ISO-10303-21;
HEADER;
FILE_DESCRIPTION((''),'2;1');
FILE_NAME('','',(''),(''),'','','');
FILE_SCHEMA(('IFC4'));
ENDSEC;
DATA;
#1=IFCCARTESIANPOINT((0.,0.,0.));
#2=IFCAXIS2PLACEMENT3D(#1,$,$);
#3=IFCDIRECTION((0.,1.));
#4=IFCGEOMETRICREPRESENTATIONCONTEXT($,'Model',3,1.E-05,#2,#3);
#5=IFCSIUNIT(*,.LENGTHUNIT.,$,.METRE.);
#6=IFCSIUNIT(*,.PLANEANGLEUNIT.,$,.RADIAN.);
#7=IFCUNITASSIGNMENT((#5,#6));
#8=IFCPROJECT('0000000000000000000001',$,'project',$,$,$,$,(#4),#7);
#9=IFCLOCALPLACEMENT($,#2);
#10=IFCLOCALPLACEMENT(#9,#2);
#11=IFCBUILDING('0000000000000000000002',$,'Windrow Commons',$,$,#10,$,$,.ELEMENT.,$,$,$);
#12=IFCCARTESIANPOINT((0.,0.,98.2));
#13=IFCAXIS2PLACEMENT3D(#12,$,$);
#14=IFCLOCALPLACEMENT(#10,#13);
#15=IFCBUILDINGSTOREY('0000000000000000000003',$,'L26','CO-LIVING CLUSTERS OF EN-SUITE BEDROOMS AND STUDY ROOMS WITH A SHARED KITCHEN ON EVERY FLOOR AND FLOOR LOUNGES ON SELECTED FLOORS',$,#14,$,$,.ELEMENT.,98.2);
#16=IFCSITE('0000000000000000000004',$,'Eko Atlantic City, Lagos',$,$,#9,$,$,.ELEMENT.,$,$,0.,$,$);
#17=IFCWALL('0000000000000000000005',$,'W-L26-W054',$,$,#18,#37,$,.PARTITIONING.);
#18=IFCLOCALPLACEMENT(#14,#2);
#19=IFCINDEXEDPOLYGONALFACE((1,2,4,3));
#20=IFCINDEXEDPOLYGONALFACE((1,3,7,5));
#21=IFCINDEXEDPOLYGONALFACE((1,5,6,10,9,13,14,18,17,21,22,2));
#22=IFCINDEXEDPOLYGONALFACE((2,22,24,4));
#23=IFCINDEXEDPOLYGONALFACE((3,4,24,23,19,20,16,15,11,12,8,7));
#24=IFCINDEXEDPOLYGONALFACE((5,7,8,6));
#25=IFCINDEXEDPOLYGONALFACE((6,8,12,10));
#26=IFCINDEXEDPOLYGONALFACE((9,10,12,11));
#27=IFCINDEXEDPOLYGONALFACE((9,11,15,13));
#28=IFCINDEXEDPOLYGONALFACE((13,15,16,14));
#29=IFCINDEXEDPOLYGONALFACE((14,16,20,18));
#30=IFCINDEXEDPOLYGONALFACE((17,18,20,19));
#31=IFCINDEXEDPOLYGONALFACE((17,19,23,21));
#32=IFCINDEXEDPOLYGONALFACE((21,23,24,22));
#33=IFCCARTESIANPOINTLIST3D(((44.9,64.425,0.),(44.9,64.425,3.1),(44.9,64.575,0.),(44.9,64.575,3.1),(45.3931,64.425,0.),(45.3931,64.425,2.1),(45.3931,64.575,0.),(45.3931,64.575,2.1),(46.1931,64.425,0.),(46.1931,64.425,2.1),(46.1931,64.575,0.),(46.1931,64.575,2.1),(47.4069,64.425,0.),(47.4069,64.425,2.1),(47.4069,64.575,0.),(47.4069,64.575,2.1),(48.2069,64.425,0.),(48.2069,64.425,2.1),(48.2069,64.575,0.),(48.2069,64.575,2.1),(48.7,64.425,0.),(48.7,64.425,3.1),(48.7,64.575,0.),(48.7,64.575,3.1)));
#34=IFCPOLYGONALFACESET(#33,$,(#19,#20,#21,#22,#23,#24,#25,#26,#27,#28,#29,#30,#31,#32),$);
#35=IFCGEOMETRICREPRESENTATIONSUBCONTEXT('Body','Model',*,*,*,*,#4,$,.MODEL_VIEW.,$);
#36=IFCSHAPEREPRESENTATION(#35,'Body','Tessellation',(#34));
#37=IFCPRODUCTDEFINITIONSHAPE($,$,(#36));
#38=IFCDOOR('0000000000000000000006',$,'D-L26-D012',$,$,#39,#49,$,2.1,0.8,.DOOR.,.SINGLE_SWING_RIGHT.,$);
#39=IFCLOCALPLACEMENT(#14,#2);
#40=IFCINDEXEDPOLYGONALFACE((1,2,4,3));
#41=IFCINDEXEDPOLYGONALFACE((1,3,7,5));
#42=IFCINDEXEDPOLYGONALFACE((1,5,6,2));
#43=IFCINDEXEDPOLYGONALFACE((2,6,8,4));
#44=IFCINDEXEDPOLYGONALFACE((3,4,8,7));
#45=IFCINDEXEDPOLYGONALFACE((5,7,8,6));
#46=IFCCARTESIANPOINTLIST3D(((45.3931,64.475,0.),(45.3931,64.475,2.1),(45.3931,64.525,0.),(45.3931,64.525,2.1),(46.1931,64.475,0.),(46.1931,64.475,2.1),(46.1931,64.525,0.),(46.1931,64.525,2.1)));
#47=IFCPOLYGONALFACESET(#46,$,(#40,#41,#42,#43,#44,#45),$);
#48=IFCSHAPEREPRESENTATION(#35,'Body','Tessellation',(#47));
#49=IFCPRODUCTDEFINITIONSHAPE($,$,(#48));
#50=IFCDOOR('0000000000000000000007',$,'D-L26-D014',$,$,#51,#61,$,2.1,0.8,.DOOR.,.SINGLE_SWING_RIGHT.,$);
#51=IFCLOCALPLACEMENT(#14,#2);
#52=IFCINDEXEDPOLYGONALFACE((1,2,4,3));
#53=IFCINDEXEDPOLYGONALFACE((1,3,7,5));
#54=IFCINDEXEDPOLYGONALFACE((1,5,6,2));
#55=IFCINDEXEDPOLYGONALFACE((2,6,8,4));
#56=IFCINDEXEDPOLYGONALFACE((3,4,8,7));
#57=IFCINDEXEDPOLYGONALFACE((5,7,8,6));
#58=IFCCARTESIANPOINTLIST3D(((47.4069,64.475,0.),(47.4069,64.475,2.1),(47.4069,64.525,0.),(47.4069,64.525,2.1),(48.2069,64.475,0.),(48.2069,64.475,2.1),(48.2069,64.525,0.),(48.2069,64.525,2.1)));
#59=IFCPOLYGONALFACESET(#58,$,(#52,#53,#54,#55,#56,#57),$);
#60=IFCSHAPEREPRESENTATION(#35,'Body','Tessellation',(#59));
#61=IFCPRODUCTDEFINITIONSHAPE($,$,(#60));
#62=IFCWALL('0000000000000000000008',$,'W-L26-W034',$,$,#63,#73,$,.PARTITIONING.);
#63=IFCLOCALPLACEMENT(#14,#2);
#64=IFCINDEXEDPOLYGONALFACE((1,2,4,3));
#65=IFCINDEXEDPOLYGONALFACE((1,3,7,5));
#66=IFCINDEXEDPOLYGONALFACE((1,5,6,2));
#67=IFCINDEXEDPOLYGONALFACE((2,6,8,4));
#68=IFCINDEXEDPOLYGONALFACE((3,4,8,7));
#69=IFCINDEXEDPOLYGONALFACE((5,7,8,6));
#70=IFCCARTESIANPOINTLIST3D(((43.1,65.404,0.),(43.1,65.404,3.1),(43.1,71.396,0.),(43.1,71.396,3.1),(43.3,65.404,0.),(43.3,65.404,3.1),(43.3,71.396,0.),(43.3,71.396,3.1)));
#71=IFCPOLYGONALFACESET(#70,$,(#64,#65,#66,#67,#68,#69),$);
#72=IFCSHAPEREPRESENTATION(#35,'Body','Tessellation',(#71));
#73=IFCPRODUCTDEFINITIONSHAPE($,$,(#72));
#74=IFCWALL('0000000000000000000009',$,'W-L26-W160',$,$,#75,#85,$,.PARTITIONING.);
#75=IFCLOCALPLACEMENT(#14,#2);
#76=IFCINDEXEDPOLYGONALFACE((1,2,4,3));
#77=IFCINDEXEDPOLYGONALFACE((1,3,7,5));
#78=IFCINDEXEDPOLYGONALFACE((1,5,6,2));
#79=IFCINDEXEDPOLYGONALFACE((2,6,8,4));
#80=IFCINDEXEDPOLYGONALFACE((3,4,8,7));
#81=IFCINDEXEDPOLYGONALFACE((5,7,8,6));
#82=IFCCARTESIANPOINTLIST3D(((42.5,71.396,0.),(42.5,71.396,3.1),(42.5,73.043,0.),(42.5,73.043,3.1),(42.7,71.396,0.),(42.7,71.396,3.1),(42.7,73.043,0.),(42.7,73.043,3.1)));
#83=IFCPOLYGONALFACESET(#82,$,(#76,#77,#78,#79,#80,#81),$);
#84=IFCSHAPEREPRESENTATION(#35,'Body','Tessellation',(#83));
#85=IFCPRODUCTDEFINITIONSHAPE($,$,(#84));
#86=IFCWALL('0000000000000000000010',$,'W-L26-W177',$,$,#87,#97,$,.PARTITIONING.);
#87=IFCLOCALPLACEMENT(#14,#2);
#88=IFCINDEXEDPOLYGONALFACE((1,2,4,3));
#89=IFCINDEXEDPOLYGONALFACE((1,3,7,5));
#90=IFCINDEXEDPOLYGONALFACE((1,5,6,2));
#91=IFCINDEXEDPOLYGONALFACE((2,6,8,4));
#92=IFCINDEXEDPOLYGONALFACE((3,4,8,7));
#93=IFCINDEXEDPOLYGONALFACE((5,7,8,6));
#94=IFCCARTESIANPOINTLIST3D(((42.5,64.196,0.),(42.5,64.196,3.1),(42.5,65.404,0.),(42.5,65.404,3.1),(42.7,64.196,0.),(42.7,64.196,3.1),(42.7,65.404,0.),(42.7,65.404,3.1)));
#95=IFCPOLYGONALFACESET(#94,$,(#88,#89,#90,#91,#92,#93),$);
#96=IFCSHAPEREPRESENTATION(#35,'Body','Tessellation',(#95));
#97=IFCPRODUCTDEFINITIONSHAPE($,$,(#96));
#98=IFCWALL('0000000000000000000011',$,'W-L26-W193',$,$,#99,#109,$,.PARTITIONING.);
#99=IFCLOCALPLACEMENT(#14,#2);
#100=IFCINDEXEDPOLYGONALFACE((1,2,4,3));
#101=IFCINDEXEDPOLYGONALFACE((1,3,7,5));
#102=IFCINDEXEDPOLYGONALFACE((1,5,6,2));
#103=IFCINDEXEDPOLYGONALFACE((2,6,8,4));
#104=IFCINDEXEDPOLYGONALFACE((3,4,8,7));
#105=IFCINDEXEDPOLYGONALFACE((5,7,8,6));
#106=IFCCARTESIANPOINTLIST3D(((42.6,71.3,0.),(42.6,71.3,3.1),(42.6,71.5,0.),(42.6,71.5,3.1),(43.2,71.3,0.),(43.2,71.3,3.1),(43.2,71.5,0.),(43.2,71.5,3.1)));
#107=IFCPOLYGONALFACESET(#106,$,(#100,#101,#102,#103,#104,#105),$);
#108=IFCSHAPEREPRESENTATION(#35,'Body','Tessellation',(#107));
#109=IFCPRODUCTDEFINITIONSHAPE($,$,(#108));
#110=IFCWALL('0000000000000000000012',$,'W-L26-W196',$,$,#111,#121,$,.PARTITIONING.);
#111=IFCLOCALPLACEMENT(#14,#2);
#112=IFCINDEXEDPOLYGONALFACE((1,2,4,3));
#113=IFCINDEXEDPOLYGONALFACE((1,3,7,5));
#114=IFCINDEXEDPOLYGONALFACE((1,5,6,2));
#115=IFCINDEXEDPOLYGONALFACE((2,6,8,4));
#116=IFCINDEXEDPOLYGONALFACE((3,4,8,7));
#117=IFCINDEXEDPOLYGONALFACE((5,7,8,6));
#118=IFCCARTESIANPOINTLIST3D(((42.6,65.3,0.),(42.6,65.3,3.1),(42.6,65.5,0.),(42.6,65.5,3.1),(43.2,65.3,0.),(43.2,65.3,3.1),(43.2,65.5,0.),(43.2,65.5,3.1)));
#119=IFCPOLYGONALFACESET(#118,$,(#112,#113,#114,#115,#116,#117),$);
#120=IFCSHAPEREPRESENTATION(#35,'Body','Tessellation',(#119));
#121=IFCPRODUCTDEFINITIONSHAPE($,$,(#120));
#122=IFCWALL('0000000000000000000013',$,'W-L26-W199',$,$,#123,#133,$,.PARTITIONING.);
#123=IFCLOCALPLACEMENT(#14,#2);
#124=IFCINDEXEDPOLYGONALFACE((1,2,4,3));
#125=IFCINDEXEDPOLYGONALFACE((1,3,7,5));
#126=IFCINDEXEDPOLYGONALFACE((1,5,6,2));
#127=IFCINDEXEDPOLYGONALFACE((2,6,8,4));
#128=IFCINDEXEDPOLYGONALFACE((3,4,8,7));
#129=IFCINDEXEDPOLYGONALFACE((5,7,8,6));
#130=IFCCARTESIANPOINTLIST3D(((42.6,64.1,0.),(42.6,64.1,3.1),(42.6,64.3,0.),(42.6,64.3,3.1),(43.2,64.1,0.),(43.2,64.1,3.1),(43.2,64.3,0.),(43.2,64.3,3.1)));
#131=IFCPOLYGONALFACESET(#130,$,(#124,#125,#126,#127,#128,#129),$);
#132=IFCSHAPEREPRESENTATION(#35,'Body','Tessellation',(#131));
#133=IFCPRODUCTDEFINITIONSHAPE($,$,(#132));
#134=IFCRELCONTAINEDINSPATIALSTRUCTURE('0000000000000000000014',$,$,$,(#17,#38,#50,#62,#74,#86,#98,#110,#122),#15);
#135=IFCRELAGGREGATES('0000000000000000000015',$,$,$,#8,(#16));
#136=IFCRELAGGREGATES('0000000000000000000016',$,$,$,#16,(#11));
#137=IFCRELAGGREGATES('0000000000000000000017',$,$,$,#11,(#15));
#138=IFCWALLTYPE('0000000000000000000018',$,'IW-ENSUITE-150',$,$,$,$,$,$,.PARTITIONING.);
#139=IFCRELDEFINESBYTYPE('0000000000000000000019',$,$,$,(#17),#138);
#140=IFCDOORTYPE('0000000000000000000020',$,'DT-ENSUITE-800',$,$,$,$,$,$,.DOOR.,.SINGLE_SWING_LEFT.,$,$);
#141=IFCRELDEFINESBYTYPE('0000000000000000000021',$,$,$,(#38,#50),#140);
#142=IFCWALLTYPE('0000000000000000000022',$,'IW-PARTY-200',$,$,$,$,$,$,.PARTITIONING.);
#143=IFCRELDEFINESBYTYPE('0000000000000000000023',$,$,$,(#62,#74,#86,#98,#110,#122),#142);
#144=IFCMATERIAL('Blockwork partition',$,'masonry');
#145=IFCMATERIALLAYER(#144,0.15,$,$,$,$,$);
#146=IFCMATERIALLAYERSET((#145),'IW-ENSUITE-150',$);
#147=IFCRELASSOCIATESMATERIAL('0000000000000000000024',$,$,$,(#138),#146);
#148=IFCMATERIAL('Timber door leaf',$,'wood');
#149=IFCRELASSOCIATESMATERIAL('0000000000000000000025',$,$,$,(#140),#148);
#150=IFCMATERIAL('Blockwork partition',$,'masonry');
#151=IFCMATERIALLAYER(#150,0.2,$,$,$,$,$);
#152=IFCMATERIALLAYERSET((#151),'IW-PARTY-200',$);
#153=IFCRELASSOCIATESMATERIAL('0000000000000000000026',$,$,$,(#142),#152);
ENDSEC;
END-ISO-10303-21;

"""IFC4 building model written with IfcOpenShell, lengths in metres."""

from ifc_helpers import new_model, si_unit, direction, frame, frame_2d, origin, place, context, subcontext, project, spatial, rectangle, extrude, material, layer, layer_set, type_object, element, fill, save


model = new_model("IFC4")

# Units and contexts
model_context = context("Model", 3, precision=1e-05, world=origin(), true_north=direction((0.0, 1.0)))
body_context = subcontext(model_context, "Body", "Model", "MODEL_VIEW")
ifc_project = project(units=[si_unit("LENGTHUNIT", "METRE"), si_unit("PLANEANGLEUNIT", "RADIAN")], contexts=[model_context])

# Site, building, storey
site_placement = place(None, origin())
site = spatial("IfcSite", under=ifc_project, at=site_placement, Name="Eko Atlantic City, Lagos", CompositionType="ELEMENT", RefElevation=0.0)
building_placement = place(site_placement, origin())
building = spatial("IfcBuilding", under=site, at=building_placement, Name="Windrow Commons", CompositionType="ELEMENT")
storey_placement = place(building_placement, frame((0.0, 0.0, 98.2)))
storey = spatial("IfcBuildingStorey", under=building, at=storey_placement, Name="L26", Description="CO-LIVING CLUSTERS OF EN-SUITE BEDROOMS AND STUDY ROOMS WITH A SHARED KITCHEN ON EVERY FLOOR AND FLOOR LOUNGES ON SELECTED FLOORS", CompositionType="ELEMENT", Elevation=98.2)

# Wall, openings, doors
ifc_material_1 = material(Name="Blockwork partition", Category="masonry")
ifc_layer_1 = layer(ifc_material_1, 0.15)
ifc_layer_set_1 = layer_set([ifc_layer_1], Name="IW-ENSUITE-150")
wall_type_1 = type_object("IfcWallType", Name="IW-ENSUITE-150", PredefinedType="PARTITIONING", material=ifc_layer_set_1)
wall_1_placement = place(storey_placement, frame((44.9, 64.5, 0.0), z_axis=(0.0, 0.0, 1.0), x_axis=(1.0, 0.0, 0.0)))
wall_1 = element("IfcWall", 1, at=wall_1_placement, inside=storey, type_object=wall_type_1, Name="W-L26-W054", PredefinedType="PARTITIONING", context=body_context, shape_type="SweptSolid", body=[
    extrude(rectangle(XDim=3.8, YDim=0.15, at=frame_2d((1.9, 0.0))), origin(), (0.0, 0.0, 1.0), 3.1),
])
opening_1_placement = place(wall_1_placement, frame((0.4931, 0.0, 0.0)))
opening_1 = element("IfcOpeningElement", 2, at=opening_1_placement, cuts=wall_1, PredefinedType="OPENING", context=body_context, shape_type="SweptSolid", body=[
    extrude(rectangle(XDim=0.8, YDim=2.1, at=frame_2d((0.4, 1.05))), frame((0.0, 0.085, 0.0), z_axis=(0.0, -1.0, 0.0), x_axis=(1.0, 0.0, 0.0)), (0.0, 0.0, 1.0), 0.17),
])
opening_2_placement = place(wall_1_placement, frame((2.5069, 0.0, 0.0)))
opening_2 = element("IfcOpeningElement", 3, at=opening_2_placement, cuts=wall_1, PredefinedType="OPENING", context=body_context, shape_type="SweptSolid", body=[
    extrude(rectangle(XDim=0.8, YDim=2.1, at=frame_2d((0.4, 1.05))), frame((0.0, 0.085, 0.0), z_axis=(0.0, -1.0, 0.0), x_axis=(1.0, 0.0, 0.0)), (0.0, 0.0, 1.0), 0.17),
])
ifc_material_2 = material(Name="Timber door leaf", Category="wood")
door_type = type_object("IfcDoorType", Name="DT-ENSUITE-800", OperationType="SINGLE_SWING_LEFT", PredefinedType="DOOR", material=ifc_material_2)
door_1_placement = place(opening_1_placement, origin())
door_1 = element("IfcDoor", 4, at=door_1_placement, inside=storey, type_object=door_type, Name="D-L26-D012", OperationType="SINGLE_SWING_RIGHT", OverallHeight=2.1, OverallWidth=0.8, PredefinedType="DOOR", context=body_context, shape_type="SweptSolid", body=[
    extrude(rectangle(XDim=0.8, YDim=2.1, at=frame_2d((0.4, 1.05))), frame((0.0, 0.025, 0.0), z_axis=(0.0, -1.0, 0.0), x_axis=(1.0, 0.0, 0.0)), (0.0, 0.0, 1.0), 0.05),
])
fill(opening_1, door_1)
door_2_placement = place(opening_2_placement, origin())
door_2 = element("IfcDoor", 5, at=door_2_placement, inside=storey, type_object=door_type, Name="D-L26-D014", OperationType="SINGLE_SWING_RIGHT", OverallHeight=2.1, OverallWidth=0.8, PredefinedType="DOOR", context=body_context, shape_type="SweptSolid", body=[
    extrude(rectangle(XDim=0.8, YDim=2.1, at=frame_2d((0.4, 1.05))), frame((0.0, 0.025, 0.0), z_axis=(0.0, -1.0, 0.0), x_axis=(1.0, 0.0, 0.0)), (0.0, 0.0, 1.0), 0.05),
])
fill(opening_2, door_2)

# Walls
ifc_material_3 = material(Name="Blockwork partition", Category="masonry")
ifc_layer_2 = layer(ifc_material_3, 0.2)
ifc_layer_set_2 = layer_set([ifc_layer_2], Name="IW-PARTY-200")
wall_type_2 = type_object("IfcWallType", Name="IW-PARTY-200", PredefinedType="PARTITIONING", material=ifc_layer_set_2)
wall_2_placement = place(storey_placement, frame((43.2, 65.404, 0.0), z_axis=(0.0, 0.0, 1.0), x_axis=(0.0, 1.0, 0.0)))
element("IfcWall", 6, at=wall_2_placement, inside=storey, type_object=wall_type_2, Name="W-L26-W034", PredefinedType="PARTITIONING", context=body_context, shape_type="SweptSolid", body=[
    extrude(rectangle(XDim=5.992, YDim=0.2, at=frame_2d((2.996, 0.0))), origin(), (0.0, 0.0, 1.0), 3.1),
])
wall_3_placement = place(storey_placement, frame((42.6, 71.396, 0.0), z_axis=(0.0, 0.0, 1.0), x_axis=(0.0, 1.0, 0.0)))
element("IfcWall", 7, at=wall_3_placement, inside=storey, type_object=wall_type_2, Name="W-L26-W160", PredefinedType="PARTITIONING", context=body_context, shape_type="SweptSolid", body=[
    extrude(rectangle(XDim=1.6469, YDim=0.2, at=frame_2d((0.8235, 0.0))), origin(), (0.0, 0.0, 1.0), 3.1),
])
wall_4_placement = place(storey_placement, frame((42.6, 64.196, 0.0), z_axis=(0.0, 0.0, 1.0), x_axis=(0.0, 1.0, 0.0)))
element("IfcWall", 8, at=wall_4_placement, inside=storey, type_object=wall_type_2, Name="W-L26-W177", PredefinedType="PARTITIONING", context=body_context, shape_type="SweptSolid", body=[
    extrude(rectangle(XDim=1.208, YDim=0.2, at=frame_2d((0.604, 0.0))), origin(), (0.0, 0.0, 1.0), 3.1),
])
for number, where, z_axis, x_axis, name in (
    (9, (42.6, 71.4, 0.0), (0.0, 0.0, 1.0), (1.0, 0.0, 0.0), "W-L26-W193"),
    (10, (42.6, 65.4, 0.0), (0.0, 0.0, 1.0), (1.0, 0.0, 0.0), "W-L26-W196"),
    (11, (42.6, 64.2, 0.0), (0.0, 0.0, 1.0), (1.0, 0.0, 0.0), "W-L26-W199"),
):
    element("IfcWall", number, at=place(storey_placement, frame(where, z_axis=z_axis, x_axis=x_axis)), inside=storey, type_object=wall_type_2, Name=name, PredefinedType="PARTITIONING", context=body_context, shape_type="SweptSolid", body=[
        extrude(rectangle(XDim=0.6, YDim=0.2, at=frame_2d((0.3, 0.0))), origin(), (0.0, 0.0, 1.0), 3.1),
    ])

save(model, "model.ifc")
